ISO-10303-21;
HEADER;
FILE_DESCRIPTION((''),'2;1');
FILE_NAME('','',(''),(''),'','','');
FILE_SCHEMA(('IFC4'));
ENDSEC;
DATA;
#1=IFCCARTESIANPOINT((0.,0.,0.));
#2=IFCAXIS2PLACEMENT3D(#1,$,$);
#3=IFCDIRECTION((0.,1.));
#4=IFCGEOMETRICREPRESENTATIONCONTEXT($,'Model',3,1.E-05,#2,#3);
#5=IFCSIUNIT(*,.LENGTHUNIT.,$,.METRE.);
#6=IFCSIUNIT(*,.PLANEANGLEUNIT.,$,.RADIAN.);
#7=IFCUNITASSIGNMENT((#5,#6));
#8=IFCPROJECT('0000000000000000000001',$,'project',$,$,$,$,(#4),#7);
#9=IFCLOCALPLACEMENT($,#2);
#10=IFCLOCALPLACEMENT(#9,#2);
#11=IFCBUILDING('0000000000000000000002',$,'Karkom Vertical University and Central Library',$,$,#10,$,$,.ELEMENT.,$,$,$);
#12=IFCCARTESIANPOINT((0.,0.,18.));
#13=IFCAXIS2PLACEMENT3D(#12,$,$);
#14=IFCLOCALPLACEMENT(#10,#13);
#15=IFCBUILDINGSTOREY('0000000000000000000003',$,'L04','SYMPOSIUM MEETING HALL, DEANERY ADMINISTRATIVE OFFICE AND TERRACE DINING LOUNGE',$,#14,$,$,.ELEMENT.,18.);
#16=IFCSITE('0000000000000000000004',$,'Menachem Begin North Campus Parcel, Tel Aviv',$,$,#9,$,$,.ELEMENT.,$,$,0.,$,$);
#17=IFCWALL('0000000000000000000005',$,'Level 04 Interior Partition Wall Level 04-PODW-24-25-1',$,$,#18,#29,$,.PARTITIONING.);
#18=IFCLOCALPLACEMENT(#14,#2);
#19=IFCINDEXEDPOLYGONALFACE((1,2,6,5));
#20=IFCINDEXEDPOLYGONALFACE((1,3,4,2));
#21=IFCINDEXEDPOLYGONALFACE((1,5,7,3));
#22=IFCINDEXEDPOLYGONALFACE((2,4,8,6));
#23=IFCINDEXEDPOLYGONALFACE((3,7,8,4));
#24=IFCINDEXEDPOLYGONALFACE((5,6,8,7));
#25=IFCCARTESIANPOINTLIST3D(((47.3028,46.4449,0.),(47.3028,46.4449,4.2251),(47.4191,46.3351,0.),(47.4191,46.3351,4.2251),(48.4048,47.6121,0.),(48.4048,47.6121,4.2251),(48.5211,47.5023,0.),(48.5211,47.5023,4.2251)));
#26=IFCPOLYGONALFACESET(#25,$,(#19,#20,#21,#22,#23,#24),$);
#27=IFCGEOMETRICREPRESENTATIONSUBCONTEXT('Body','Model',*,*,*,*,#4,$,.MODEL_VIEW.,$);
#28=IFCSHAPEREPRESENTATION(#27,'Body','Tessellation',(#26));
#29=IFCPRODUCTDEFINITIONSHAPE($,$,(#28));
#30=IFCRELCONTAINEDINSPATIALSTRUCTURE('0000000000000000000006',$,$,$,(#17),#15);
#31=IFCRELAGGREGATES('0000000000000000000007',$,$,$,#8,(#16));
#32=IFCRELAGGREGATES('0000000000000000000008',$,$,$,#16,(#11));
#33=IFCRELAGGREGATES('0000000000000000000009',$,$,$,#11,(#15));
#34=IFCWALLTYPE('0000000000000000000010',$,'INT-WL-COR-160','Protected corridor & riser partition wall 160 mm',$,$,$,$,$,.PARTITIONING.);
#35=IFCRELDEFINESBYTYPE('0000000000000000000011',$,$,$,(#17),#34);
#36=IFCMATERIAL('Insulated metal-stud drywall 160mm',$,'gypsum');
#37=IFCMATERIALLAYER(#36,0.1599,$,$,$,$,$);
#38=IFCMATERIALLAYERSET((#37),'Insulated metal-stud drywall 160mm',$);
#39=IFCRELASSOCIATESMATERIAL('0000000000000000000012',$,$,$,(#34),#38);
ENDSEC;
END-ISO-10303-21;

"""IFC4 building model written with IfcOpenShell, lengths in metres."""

from ifc_helpers import new_model, si_unit, direction, frame, frame_2d, origin, place, context, subcontext, project, spatial, rectangle, extrude, material, layer, layer_set, type_object, element, save


model = new_model("IFC4")

# Units and contexts
model_context = context("Model", 3, precision=1e-05, world=origin(), true_north=direction((0.0, 1.0)))
body_context = subcontext(model_context, "Body", "Model", "MODEL_VIEW")
ifc_project = project(units=[si_unit("LENGTHUNIT", "METRE"), si_unit("PLANEANGLEUNIT", "RADIAN")], contexts=[model_context])

# Site, building, storey
site_placement = place(None, origin())
site = spatial("IfcSite", under=ifc_project, at=site_placement, Name="Menachem Begin North Campus Parcel, Tel Aviv", CompositionType="ELEMENT", RefElevation=0.0)
building_placement = place(site_placement, origin())
building = spatial("IfcBuilding", under=site, at=building_placement, Name="Karkom Vertical University and Central Library", CompositionType="ELEMENT")
storey_placement = place(building_placement, frame((0.0, 0.0, 18.0)))
storey = spatial("IfcBuildingStorey", under=building, at=storey_placement, Name="L04", Description="SYMPOSIUM MEETING HALL, DEANERY ADMINISTRATIVE OFFICE AND TERRACE DINING LOUNGE", CompositionType="ELEMENT", Elevation=18.0)

# Wall
ifc_material_1 = material(Name="Insulated metal-stud drywall 160mm", Category="gypsum")
ifc_layer_1 = layer(ifc_material_1, 0.1599)
ifc_layer_set_1 = layer_set([ifc_layer_1], Name="Insulated metal-stud drywall 160mm")
wall_type_1 = type_object("IfcWallType", Name="INT-WL-COR-160", Description="Protected corridor & riser partition wall 160 mm", PredefinedType="PARTITIONING", material=ifc_layer_set_1)
wall_1_placement = place(storey_placement, frame((47.3608, 46.3899, 0.0), z_axis=(0.0, 0.0, 1.0), x_axis=(0.686512, 0.727119, 0.0)))
element("IfcWall", 1, at=wall_1_placement, inside=storey, type_object=wall_type_1, Name="Level 04 Interior Partition Wall Level 04-PODW-24-25-1", PredefinedType="PARTITIONING", context=body_context, shape_type="SweptSolid", body=[
    extrude(rectangle(XDim=1.6052, YDim=0.1599, at=frame_2d((0.8027, 0.0))), origin(), (0.0, 0.0, 1.0), 4.2251),
])

save(model, "model.ifc")
